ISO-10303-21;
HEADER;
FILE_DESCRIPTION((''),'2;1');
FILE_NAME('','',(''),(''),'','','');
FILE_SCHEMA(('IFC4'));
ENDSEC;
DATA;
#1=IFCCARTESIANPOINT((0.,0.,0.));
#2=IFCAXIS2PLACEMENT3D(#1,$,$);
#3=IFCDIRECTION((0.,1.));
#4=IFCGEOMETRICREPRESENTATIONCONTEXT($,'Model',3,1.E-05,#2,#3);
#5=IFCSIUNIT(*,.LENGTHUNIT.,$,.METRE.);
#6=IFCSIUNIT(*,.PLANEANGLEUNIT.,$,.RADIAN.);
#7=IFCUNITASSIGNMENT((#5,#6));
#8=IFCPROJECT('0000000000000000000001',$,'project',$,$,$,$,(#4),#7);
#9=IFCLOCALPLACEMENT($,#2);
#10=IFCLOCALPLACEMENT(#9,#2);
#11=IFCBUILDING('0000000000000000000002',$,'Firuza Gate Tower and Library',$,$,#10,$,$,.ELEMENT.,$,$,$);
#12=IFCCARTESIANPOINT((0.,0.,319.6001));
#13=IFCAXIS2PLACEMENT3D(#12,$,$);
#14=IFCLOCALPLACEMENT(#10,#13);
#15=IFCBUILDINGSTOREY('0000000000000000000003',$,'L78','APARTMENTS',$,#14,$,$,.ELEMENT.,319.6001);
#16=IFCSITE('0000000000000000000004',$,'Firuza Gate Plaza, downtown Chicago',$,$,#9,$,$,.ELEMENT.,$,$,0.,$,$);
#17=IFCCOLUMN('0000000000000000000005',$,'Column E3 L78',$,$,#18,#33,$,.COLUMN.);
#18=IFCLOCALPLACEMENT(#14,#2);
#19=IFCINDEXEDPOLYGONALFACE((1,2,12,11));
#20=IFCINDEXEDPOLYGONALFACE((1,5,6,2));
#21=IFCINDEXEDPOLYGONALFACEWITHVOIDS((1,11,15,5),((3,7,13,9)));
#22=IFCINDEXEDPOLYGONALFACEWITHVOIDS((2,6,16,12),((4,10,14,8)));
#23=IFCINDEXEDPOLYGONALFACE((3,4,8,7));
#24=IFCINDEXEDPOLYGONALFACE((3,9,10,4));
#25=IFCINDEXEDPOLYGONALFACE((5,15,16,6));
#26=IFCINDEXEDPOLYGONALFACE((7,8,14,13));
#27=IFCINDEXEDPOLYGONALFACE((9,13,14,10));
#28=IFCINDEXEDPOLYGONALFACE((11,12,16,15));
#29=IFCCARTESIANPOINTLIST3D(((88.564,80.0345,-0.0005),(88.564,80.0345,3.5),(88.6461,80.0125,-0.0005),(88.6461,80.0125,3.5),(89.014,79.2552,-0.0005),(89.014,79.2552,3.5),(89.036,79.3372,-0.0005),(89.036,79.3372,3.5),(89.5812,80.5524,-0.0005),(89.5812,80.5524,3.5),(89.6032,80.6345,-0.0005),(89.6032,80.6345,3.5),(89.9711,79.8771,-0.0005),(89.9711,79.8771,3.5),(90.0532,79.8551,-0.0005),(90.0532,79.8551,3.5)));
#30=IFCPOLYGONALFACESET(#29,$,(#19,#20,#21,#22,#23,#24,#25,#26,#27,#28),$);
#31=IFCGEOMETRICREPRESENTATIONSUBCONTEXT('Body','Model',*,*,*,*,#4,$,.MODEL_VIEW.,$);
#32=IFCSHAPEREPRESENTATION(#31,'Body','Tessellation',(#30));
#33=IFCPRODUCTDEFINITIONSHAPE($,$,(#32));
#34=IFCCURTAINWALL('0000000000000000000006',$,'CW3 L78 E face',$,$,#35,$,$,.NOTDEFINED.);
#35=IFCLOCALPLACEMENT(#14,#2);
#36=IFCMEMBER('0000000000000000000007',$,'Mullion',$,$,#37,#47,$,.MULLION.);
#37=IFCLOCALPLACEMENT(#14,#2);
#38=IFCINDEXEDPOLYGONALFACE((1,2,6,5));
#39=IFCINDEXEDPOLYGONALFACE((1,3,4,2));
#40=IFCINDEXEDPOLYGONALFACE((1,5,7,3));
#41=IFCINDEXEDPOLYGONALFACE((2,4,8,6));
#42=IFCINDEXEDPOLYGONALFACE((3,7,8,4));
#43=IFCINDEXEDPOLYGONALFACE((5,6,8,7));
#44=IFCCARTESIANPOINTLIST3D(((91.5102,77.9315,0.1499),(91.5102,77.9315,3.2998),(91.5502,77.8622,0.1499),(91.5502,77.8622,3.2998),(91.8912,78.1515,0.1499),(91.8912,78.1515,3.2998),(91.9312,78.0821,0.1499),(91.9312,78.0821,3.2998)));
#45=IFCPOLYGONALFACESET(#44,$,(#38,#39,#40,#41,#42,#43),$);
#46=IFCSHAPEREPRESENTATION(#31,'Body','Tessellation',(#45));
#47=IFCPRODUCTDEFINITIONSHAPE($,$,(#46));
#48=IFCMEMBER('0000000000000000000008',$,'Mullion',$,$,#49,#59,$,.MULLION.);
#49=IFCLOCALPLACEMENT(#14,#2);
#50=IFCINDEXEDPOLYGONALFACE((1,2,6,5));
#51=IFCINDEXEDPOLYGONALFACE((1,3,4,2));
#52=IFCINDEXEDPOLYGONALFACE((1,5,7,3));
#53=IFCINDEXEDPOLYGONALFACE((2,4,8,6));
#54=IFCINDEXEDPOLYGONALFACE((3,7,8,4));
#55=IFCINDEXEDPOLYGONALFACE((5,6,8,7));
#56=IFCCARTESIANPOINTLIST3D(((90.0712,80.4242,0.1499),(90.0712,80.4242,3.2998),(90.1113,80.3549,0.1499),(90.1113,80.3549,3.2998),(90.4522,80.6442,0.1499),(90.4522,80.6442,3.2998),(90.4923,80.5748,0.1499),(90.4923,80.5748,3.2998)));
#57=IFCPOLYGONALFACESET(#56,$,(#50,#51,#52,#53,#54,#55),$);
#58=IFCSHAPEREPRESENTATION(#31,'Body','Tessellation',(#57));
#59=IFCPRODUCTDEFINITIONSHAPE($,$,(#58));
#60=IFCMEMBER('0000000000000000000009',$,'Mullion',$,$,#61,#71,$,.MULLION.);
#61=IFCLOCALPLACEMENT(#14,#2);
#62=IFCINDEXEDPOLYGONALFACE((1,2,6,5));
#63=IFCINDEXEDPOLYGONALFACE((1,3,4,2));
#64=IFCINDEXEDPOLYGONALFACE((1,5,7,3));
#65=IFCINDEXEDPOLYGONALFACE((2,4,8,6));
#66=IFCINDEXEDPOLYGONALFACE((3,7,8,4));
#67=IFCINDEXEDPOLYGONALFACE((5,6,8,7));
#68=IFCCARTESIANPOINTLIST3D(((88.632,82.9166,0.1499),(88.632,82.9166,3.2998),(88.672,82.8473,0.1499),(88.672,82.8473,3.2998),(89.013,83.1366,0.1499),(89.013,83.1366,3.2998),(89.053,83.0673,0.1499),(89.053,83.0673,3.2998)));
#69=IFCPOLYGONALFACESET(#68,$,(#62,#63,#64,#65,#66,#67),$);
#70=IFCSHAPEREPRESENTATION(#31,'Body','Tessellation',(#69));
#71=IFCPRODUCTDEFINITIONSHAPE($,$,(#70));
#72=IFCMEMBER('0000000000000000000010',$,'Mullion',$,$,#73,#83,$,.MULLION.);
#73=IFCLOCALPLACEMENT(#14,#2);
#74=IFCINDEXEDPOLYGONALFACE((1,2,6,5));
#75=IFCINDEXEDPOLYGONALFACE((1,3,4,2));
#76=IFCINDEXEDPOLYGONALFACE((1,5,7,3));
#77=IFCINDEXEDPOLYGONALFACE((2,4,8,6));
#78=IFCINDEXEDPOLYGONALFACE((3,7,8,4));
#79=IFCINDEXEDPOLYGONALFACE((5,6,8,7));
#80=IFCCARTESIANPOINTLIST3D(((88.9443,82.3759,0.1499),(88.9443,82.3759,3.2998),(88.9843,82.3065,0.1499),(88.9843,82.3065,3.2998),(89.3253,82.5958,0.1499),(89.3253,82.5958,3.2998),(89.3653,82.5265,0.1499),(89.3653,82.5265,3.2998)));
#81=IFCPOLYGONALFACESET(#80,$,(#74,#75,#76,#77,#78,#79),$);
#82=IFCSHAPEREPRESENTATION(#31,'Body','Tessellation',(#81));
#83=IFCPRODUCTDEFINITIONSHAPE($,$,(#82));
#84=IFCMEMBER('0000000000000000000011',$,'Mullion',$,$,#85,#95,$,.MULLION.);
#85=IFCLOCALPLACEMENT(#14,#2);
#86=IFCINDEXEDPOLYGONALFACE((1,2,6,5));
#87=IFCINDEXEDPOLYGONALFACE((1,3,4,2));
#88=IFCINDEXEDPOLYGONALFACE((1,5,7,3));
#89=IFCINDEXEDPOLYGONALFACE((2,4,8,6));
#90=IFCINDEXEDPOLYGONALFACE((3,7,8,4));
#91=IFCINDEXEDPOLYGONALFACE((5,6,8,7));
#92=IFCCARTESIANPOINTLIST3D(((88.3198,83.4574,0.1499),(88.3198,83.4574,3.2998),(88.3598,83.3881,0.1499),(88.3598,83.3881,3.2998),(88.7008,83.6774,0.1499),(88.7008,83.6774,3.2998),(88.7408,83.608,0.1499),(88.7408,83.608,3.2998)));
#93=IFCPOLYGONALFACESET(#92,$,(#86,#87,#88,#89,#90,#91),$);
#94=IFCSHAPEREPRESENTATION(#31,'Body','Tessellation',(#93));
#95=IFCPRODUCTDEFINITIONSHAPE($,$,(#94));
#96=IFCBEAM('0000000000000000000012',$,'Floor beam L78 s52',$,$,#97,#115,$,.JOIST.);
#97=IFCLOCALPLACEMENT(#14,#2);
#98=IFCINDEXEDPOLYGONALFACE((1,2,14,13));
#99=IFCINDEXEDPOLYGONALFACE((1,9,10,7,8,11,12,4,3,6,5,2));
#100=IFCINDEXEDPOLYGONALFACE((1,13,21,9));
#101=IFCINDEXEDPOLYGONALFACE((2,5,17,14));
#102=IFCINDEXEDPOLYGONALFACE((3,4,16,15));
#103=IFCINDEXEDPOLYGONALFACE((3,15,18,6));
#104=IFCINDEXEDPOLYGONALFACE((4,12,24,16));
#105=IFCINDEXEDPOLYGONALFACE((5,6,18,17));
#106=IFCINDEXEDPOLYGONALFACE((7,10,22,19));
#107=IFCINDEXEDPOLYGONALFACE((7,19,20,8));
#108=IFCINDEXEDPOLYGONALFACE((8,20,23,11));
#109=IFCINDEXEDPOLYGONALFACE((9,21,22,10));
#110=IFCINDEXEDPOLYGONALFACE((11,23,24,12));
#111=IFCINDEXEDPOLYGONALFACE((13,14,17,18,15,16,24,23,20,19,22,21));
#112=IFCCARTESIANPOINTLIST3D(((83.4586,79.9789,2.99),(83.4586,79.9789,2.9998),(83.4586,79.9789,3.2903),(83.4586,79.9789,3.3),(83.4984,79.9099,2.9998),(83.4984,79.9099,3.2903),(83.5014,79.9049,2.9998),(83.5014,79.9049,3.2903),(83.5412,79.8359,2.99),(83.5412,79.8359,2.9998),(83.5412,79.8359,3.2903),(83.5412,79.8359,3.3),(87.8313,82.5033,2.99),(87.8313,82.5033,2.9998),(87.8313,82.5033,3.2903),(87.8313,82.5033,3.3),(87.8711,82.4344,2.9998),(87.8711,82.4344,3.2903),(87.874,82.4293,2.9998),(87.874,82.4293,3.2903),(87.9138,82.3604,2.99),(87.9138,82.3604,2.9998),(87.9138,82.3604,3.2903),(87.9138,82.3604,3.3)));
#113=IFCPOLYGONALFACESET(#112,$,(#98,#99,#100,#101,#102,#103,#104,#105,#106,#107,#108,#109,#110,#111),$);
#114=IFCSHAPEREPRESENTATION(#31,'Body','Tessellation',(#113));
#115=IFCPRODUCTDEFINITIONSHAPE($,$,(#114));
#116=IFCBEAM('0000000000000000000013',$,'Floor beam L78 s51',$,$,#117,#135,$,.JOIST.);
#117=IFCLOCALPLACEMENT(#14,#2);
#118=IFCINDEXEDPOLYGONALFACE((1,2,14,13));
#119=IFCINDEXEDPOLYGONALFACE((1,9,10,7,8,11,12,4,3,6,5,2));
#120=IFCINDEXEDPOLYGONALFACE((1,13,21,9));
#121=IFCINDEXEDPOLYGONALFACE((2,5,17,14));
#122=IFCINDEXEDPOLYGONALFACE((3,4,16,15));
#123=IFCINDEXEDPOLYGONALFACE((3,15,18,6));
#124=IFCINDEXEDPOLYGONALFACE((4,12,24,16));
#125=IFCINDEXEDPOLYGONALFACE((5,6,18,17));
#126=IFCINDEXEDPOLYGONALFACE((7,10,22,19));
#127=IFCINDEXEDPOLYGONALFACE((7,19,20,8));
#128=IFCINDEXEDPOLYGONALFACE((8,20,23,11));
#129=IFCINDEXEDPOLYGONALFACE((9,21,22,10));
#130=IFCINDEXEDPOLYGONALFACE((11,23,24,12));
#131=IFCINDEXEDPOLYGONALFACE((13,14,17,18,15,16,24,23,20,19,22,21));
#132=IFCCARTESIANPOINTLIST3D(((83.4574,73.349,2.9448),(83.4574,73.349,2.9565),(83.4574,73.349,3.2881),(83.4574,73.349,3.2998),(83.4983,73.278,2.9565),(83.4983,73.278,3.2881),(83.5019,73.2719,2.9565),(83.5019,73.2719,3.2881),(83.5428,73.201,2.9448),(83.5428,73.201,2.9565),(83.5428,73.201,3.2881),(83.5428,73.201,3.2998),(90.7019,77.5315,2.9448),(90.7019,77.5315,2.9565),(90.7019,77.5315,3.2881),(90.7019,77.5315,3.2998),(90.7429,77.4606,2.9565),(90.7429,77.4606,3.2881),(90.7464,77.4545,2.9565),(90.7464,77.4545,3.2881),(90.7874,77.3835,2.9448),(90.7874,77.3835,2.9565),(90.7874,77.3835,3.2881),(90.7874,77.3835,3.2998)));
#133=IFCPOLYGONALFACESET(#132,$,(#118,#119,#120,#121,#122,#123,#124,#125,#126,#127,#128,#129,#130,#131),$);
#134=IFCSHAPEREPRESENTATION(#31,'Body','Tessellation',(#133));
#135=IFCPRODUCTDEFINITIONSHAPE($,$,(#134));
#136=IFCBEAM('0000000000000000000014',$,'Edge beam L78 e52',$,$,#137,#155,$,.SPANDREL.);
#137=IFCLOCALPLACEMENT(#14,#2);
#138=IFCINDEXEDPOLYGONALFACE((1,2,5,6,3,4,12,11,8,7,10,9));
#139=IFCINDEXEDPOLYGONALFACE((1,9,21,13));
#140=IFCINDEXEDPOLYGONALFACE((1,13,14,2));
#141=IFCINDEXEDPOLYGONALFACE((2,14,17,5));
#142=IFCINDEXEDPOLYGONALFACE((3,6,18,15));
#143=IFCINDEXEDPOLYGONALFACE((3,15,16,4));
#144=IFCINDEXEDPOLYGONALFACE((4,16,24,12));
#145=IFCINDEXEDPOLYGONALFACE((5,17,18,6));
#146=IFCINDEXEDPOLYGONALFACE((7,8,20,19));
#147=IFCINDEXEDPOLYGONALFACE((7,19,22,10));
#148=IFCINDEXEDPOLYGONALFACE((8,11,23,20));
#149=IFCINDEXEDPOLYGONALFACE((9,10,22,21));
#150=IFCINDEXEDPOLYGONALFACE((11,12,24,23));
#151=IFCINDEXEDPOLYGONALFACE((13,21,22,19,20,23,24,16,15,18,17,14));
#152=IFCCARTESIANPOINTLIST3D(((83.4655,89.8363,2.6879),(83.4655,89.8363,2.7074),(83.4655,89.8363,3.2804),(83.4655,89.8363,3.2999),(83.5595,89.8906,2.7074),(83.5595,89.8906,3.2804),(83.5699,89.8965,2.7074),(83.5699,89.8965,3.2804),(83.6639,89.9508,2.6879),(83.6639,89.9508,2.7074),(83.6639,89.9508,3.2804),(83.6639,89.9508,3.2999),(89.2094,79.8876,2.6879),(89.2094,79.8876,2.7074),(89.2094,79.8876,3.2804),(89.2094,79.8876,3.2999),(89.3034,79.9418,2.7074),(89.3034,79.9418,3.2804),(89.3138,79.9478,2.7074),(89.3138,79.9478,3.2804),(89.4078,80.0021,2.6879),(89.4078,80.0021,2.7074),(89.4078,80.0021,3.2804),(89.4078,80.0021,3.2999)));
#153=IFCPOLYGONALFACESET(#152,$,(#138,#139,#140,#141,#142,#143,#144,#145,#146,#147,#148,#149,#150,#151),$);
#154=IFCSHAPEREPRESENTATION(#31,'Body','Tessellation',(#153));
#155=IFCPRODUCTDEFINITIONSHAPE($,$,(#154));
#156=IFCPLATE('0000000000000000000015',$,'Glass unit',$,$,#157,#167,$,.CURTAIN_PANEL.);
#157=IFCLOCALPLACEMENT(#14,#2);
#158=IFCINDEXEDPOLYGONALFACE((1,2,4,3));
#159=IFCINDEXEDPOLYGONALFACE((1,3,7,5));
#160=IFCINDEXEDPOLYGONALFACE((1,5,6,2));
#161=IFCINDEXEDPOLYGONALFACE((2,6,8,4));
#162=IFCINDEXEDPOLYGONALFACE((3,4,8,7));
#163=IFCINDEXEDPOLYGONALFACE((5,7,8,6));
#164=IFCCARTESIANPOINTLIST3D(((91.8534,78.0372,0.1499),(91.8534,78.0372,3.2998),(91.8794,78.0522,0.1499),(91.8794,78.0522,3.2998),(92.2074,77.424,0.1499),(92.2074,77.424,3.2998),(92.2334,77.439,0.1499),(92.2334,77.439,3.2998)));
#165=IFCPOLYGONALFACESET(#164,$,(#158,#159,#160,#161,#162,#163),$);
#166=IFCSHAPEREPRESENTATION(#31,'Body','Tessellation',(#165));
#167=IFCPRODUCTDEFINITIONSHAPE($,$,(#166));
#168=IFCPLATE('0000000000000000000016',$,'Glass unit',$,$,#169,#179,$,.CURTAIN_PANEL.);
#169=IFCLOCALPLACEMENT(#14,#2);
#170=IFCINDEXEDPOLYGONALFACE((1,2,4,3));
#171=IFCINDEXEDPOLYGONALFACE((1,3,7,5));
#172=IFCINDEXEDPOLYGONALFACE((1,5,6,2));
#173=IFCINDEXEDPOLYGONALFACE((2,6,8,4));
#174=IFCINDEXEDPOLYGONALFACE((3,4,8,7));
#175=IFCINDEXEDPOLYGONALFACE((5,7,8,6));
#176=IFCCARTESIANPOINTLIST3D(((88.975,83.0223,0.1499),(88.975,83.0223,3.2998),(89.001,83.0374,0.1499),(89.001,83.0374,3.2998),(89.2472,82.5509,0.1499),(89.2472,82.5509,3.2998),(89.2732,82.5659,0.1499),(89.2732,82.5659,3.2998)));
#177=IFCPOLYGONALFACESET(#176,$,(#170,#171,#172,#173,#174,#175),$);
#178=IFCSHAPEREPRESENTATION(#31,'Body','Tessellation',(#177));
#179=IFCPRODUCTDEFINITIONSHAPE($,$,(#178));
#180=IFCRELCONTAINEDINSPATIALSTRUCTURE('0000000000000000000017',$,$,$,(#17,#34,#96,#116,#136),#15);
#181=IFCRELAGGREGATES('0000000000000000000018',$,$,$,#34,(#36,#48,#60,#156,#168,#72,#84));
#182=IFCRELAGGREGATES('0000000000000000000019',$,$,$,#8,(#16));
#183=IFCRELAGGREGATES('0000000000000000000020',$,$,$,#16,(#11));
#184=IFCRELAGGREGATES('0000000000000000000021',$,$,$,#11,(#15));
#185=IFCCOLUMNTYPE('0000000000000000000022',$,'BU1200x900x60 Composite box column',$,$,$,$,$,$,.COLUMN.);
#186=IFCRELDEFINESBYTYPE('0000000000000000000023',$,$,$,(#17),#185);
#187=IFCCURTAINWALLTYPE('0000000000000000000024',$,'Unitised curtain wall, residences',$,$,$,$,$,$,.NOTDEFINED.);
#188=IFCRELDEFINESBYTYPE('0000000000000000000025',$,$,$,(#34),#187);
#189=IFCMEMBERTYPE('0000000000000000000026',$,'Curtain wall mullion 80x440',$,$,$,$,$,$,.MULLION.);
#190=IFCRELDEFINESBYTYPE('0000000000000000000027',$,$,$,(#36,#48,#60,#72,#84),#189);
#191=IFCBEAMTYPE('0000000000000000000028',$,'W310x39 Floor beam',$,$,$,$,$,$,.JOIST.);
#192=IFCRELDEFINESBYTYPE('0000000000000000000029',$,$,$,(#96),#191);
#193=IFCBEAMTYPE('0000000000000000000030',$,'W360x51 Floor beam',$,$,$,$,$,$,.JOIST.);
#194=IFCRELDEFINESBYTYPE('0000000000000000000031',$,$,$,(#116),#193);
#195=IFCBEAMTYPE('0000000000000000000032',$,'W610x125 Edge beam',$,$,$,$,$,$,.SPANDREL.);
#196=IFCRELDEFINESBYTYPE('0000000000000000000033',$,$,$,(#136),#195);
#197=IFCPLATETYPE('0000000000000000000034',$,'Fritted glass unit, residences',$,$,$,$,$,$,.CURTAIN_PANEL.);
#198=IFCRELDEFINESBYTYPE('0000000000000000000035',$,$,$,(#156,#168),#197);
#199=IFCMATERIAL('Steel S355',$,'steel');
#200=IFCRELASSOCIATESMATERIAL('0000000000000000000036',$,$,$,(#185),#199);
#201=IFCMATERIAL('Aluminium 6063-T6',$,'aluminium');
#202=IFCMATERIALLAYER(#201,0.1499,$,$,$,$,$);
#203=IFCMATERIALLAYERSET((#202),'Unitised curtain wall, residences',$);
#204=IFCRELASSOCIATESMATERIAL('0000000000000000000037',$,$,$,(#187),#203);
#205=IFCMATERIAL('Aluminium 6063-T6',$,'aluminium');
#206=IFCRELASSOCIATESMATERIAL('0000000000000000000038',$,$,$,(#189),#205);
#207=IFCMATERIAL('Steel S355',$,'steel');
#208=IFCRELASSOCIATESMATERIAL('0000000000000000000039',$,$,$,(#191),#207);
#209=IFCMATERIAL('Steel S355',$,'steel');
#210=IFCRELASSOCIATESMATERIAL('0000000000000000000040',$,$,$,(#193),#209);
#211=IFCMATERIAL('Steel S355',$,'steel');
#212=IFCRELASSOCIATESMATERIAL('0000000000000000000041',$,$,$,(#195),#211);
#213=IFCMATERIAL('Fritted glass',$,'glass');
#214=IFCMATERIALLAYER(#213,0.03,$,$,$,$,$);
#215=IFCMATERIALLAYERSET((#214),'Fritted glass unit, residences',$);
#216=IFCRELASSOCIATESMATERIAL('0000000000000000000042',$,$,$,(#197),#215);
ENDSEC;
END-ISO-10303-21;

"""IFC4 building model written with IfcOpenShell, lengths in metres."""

from ifc_helpers import new_model, si_unit, direction, frame, origin, origin_2d, place, context, subcontext, project, spatial, polyline, rectangle, hollow_rectangle, i_section, outline, extrude, material, layer, layer_set, material_profile, profile_set, type_object, element, aggregate, save


model = new_model("IFC4")

# Units and contexts
model_context = context("Model", 3, precision=1e-05, world=origin(), true_north=direction((0.0, 1.0)))
body_context = subcontext(model_context, "Body", "Model", "MODEL_VIEW")
ifc_project = project(units=[si_unit("LENGTHUNIT", "METRE"), si_unit("PLANEANGLEUNIT", "RADIAN")], contexts=[model_context])

# Site, building, storey
site_placement = place(None, origin())
site = spatial("IfcSite", under=ifc_project, at=site_placement, Name="Firuza Gate Plaza, downtown Chicago", CompositionType="ELEMENT", RefElevation=0.0)
building_placement = place(site_placement, origin())
building = spatial("IfcBuilding", under=site, at=building_placement, Name="Firuza Gate Tower and Library", CompositionType="ELEMENT")
storey_placement = place(building_placement, frame((0.0, 0.0, 319.6001)))
storey = spatial("IfcBuildingStorey", under=building, at=storey_placement, Name="L78", Description="APARTMENTS", CompositionType="ELEMENT", Elevation=319.6001)

# Column
ifc_material_1 = material(Name="Steel S355", Category="steel")
ifc_material_profile_1 = material_profile(ifc_material_1, hollow_rectangle(XDim=0.8999, YDim=1.2, WallThickness=0.0601, at=origin_2d()))
ifc_profile_set_1 = profile_set([ifc_material_profile_1], Name="Steel S355")
column_type = type_object("IfcColumnType", Name="BU1200x900x60 Composite box column", PredefinedType="COLUMN", material=ifc_profile_set_1)
column_placement = place(storey_placement, frame((89.3086, 79.9448, -0.0005), z_axis=(0.0, 0.0, 1.0), x_axis=(-0.5, 0.866025, 0.0)))
element("IfcColumn", 1, at=column_placement, inside=storey, type_object=column_type, Name="Column E3 L78", PredefinedType="COLUMN", context=body_context, shape_type="SweptSolid", body=[
    extrude(hollow_rectangle(XDim=0.8999, YDim=1.2, WallThickness=0.0601, at=origin_2d()), origin(), (0.0, 0.0, 1.0), 3.5005),
])

# Curtain wall, members
ifc_material_2 = material(Name="Aluminium 6063-T6", Category="aluminium")
ifc_layer_1 = layer(ifc_material_2, 0.1499)
ifc_layer_set_1 = layer_set([ifc_layer_1], Name="Unitised curtain wall, residences")
curtain_wall_type = type_object("IfcCurtainWallType", Name="Unitised curtain wall, residences", PredefinedType="NOTDEFINED", material=ifc_layer_set_1)
curtain_wall_placement = place(storey_placement, origin())
curtain_wall = element("IfcCurtainWall", 2, at=curtain_wall_placement, inside=storey, type_object=curtain_wall_type, Name="CW3 L78 E face", PredefinedType="NOTDEFINED")
ifc_material_3 = material(Name="Aluminium 6063-T6", Category="aluminium")
ifc_material_profile_2 = material_profile(ifc_material_3, rectangle(XDim=0.4399, YDim=0.0801, at=origin_2d()))
ifc_profile_set_2 = profile_set([ifc_material_profile_2], Name="Aluminium 6063-T6")
member_type = type_object("IfcMemberType", Name="Curtain wall mullion 80x440", PredefinedType="MULLION", material=ifc_profile_set_2)
member_1_placement = place(storey_placement, frame((91.7207, 78.0068, 0.1499), z_axis=(0.0, 0.0, 1.0), x_axis=(-0.866025, -0.5, 0.0)))
member_1 = element("IfcMember", 3, at=member_1_placement, type_object=member_type, Name="Mullion", PredefinedType="MULLION", context=body_context, shape_type="SweptSolid", body=[
    extrude(rectangle(XDim=0.4399, YDim=0.0801, at=origin_2d()), origin(), (0.0, 0.0, 1.0), 3.1499),
])
member_2_placement = place(storey_placement, frame((90.2817, 80.4995, 0.1499), z_axis=(0.0, 0.0, 1.0), x_axis=(-0.866025, -0.5, 0.0)))
member_2 = element("IfcMember", 4, at=member_2_placement, type_object=member_type, Name="Mullion", PredefinedType="MULLION", context=body_context, shape_type="SweptSolid", body=[
    extrude(rectangle(XDim=0.4399, YDim=0.0801, at=origin_2d()), origin(), (0.0, 0.0, 1.0), 3.1499),
])
member_3_placement = place(storey_placement, frame((88.8425, 82.9919, 0.1499), z_axis=(0.0, 0.0, 1.0), x_axis=(-0.866025, -0.5, 0.0)))
member_3 = element("IfcMember", 5, at=member_3_placement, type_object=member_type, Name="Mullion", PredefinedType="MULLION", context=body_context, shape_type="SweptSolid", body=[
    extrude(rectangle(XDim=0.4399, YDim=0.0801, at=origin_2d()), origin(), (0.0, 0.0, 1.0), 3.1499),
])
member_4_placement = place(storey_placement, frame((89.1548, 82.4512, 0.1499), z_axis=(0.0, 0.0, 1.0), x_axis=(-0.866025, -0.5, 0.0)))
member_4 = element("IfcMember", 6, at=member_4_placement, type_object=member_type, Name="Mullion", PredefinedType="MULLION", context=body_context, shape_type="SweptSolid", body=[
    extrude(rectangle(XDim=0.4399, YDim=0.0801, at=origin_2d()), origin(), (0.0, 0.0, 1.0), 3.1499),
])
member_5_placement = place(storey_placement, frame((88.5303, 83.5327, 0.1499), z_axis=(0.0, 0.0, 1.0), x_axis=(-0.866025, -0.5, 0.0)))
member_5 = element("IfcMember", 7, at=member_5_placement, type_object=member_type, Name="Mullion", PredefinedType="MULLION", context=body_context, shape_type="SweptSolid", body=[
    extrude(rectangle(XDim=0.4399, YDim=0.0801, at=origin_2d()), origin(), (0.0, 0.0, 1.0), 3.1499),
])

# Beams
ifc_material_4 = material(Name="Steel S355", Category="steel")
ifc_material_profile_3 = material_profile(ifc_material_4, i_section(OverallWidth=0.165, OverallDepth=0.3101, WebThickness=0.0059, FlangeThickness=0.0098, at=origin_2d()))
ifc_profile_set_3 = profile_set([ifc_material_profile_3], Name="Steel S355")
beam_type_1 = type_object("IfcBeamType", Name="W310x39 Floor beam", PredefinedType="JOIST", material=ifc_profile_set_3)
beam_1_placement = place(storey_placement, frame((87.8726, 82.4319, 3.145), z_axis=(-0.866033, -0.499988, 0.0), x_axis=(0.499988, -0.866033, 0.0)))
element("IfcBeam", 8, at=beam_1_placement, inside=storey, type_object=beam_type_1, Name="Floor beam L78 s52", PredefinedType="JOIST", context=body_context, shape_type="SweptSolid", body=[
    extrude(i_section(OverallWidth=0.165, OverallDepth=0.3101, WebThickness=0.0059, FlangeThickness=0.0098, at=origin_2d()), origin(), (0.0, 0.0, 1.0), 5.0491),
])
ifc_material_5 = material(Name="Steel S355", Category="steel")
ifc_material_profile_4 = material_profile(ifc_material_5, i_section(OverallWidth=0.1709, OverallDepth=0.355, WebThickness=0.0071, FlangeThickness=0.0117, at=origin_2d()))
ifc_profile_set_4 = profile_set([ifc_material_profile_4], Name="Steel S355")
beam_type_2 = type_object("IfcBeamType", Name="W360x51 Floor beam", PredefinedType="JOIST", material=ifc_profile_set_4)
beam_2_placement = place(storey_placement, frame((90.7446, 77.4575, 3.1223), z_axis=(-0.866029, -0.499994, 0.0), x_axis=(0.499994, -0.866029, 0.0)))
element("IfcBeam", 9, at=beam_2_placement, inside=storey, type_object=beam_type_2, Name="Floor beam L78 s51", PredefinedType="JOIST", context=body_context, shape_type="SweptSolid", body=[
    extrude(i_section(OverallWidth=0.1709, OverallDepth=0.355, WebThickness=0.0071, FlangeThickness=0.0117, at=origin_2d()), origin(), (0.0, 0.0, 1.0), 8.3652),
])
ifc_material_6 = material(Name="Steel S355", Category="steel")
ifc_material_profile_5 = material_profile(ifc_material_6, i_section(OverallWidth=0.229, OverallDepth=0.6121, WebThickness=0.012, FlangeThickness=0.0195, at=origin_2d()))
ifc_profile_set_5 = profile_set([ifc_material_profile_5], Name="Steel S355")
beam_type_3 = type_object("IfcBeamType", Name="W610x125 Edge beam", PredefinedType="SPANDREL", material=ifc_profile_set_5)
beam_3_placement = place(storey_placement, frame((89.3086, 79.9448, 2.9939), z_axis=(-0.5, 0.866026, 0.0), x_axis=(-0.866026, -0.5, 0.0)))
element("IfcBeam", 10, at=beam_3_placement, inside=storey, type_object=beam_type_3, Name="Edge beam L78 e52", PredefinedType="SPANDREL", context=body_context, shape_type="SweptSolid", body=[
    extrude(i_section(OverallWidth=0.229, OverallDepth=0.6121, WebThickness=0.012, FlangeThickness=0.0195, at=origin_2d()), origin(), (0.0, 0.0, 1.0), 11.4878),
])

# Plates
ifc_material_7 = material(Name="Fritted glass", Category="glass")
ifc_layer_2 = layer(ifc_material_7, 0.03)
ifc_layer_set_2 = layer_set([ifc_layer_2], Name="Fritted glass unit, residences")
plate_type_1 = type_object("IfcPlateType", Name="Fritted glass unit, residences", PredefinedType="CURTAIN_PANEL", material=ifc_layer_set_2)
plate_1_placement = place(storey_placement, frame((92.2334, 77.439, 0.1499), z_axis=(0.866071, 0.499921, 0.0), x_axis=(-0.499921, 0.866071, 0.0)))
plate_1 = element("IfcPlate", 11, at=plate_1_placement, type_object=plate_type_1, Name="Glass unit", PredefinedType="CURTAIN_PANEL", context=body_context, shape_type="SweptSolid", body=[
    extrude(outline(polyline([(0.0, 0.0), (0.7081, 0.0), (0.7081, 3.1499), (0.0, 3.1499), (0.0, 0.0)])), origin(), (0.0, 0.0, -1.0), 0.03),
])
plate_2_placement = place(storey_placement, frame((89.2732, 82.5659, 0.1499), z_axis=(0.865999, 0.500046, 0.0), x_axis=(-0.500046, 0.865999, 0.0)))
plate_2 = element("IfcPlate", 12, at=plate_2_placement, type_object=plate_type_1, Name="Glass unit", PredefinedType="CURTAIN_PANEL", context=body_context, shape_type="SweptSolid", body=[
    extrude(outline(polyline([(0.0, 0.0), (0.5444, 0.0), (0.5444, 3.1499), (0.0, 3.1499), (0.0, 0.0)])), origin(), (0.0, 0.0, -1.0), 0.03),
])
aggregate(curtain_wall, [member_1, member_2, member_3, plate_1, plate_2, member_4, member_5])

save(model, "model.ifc")
